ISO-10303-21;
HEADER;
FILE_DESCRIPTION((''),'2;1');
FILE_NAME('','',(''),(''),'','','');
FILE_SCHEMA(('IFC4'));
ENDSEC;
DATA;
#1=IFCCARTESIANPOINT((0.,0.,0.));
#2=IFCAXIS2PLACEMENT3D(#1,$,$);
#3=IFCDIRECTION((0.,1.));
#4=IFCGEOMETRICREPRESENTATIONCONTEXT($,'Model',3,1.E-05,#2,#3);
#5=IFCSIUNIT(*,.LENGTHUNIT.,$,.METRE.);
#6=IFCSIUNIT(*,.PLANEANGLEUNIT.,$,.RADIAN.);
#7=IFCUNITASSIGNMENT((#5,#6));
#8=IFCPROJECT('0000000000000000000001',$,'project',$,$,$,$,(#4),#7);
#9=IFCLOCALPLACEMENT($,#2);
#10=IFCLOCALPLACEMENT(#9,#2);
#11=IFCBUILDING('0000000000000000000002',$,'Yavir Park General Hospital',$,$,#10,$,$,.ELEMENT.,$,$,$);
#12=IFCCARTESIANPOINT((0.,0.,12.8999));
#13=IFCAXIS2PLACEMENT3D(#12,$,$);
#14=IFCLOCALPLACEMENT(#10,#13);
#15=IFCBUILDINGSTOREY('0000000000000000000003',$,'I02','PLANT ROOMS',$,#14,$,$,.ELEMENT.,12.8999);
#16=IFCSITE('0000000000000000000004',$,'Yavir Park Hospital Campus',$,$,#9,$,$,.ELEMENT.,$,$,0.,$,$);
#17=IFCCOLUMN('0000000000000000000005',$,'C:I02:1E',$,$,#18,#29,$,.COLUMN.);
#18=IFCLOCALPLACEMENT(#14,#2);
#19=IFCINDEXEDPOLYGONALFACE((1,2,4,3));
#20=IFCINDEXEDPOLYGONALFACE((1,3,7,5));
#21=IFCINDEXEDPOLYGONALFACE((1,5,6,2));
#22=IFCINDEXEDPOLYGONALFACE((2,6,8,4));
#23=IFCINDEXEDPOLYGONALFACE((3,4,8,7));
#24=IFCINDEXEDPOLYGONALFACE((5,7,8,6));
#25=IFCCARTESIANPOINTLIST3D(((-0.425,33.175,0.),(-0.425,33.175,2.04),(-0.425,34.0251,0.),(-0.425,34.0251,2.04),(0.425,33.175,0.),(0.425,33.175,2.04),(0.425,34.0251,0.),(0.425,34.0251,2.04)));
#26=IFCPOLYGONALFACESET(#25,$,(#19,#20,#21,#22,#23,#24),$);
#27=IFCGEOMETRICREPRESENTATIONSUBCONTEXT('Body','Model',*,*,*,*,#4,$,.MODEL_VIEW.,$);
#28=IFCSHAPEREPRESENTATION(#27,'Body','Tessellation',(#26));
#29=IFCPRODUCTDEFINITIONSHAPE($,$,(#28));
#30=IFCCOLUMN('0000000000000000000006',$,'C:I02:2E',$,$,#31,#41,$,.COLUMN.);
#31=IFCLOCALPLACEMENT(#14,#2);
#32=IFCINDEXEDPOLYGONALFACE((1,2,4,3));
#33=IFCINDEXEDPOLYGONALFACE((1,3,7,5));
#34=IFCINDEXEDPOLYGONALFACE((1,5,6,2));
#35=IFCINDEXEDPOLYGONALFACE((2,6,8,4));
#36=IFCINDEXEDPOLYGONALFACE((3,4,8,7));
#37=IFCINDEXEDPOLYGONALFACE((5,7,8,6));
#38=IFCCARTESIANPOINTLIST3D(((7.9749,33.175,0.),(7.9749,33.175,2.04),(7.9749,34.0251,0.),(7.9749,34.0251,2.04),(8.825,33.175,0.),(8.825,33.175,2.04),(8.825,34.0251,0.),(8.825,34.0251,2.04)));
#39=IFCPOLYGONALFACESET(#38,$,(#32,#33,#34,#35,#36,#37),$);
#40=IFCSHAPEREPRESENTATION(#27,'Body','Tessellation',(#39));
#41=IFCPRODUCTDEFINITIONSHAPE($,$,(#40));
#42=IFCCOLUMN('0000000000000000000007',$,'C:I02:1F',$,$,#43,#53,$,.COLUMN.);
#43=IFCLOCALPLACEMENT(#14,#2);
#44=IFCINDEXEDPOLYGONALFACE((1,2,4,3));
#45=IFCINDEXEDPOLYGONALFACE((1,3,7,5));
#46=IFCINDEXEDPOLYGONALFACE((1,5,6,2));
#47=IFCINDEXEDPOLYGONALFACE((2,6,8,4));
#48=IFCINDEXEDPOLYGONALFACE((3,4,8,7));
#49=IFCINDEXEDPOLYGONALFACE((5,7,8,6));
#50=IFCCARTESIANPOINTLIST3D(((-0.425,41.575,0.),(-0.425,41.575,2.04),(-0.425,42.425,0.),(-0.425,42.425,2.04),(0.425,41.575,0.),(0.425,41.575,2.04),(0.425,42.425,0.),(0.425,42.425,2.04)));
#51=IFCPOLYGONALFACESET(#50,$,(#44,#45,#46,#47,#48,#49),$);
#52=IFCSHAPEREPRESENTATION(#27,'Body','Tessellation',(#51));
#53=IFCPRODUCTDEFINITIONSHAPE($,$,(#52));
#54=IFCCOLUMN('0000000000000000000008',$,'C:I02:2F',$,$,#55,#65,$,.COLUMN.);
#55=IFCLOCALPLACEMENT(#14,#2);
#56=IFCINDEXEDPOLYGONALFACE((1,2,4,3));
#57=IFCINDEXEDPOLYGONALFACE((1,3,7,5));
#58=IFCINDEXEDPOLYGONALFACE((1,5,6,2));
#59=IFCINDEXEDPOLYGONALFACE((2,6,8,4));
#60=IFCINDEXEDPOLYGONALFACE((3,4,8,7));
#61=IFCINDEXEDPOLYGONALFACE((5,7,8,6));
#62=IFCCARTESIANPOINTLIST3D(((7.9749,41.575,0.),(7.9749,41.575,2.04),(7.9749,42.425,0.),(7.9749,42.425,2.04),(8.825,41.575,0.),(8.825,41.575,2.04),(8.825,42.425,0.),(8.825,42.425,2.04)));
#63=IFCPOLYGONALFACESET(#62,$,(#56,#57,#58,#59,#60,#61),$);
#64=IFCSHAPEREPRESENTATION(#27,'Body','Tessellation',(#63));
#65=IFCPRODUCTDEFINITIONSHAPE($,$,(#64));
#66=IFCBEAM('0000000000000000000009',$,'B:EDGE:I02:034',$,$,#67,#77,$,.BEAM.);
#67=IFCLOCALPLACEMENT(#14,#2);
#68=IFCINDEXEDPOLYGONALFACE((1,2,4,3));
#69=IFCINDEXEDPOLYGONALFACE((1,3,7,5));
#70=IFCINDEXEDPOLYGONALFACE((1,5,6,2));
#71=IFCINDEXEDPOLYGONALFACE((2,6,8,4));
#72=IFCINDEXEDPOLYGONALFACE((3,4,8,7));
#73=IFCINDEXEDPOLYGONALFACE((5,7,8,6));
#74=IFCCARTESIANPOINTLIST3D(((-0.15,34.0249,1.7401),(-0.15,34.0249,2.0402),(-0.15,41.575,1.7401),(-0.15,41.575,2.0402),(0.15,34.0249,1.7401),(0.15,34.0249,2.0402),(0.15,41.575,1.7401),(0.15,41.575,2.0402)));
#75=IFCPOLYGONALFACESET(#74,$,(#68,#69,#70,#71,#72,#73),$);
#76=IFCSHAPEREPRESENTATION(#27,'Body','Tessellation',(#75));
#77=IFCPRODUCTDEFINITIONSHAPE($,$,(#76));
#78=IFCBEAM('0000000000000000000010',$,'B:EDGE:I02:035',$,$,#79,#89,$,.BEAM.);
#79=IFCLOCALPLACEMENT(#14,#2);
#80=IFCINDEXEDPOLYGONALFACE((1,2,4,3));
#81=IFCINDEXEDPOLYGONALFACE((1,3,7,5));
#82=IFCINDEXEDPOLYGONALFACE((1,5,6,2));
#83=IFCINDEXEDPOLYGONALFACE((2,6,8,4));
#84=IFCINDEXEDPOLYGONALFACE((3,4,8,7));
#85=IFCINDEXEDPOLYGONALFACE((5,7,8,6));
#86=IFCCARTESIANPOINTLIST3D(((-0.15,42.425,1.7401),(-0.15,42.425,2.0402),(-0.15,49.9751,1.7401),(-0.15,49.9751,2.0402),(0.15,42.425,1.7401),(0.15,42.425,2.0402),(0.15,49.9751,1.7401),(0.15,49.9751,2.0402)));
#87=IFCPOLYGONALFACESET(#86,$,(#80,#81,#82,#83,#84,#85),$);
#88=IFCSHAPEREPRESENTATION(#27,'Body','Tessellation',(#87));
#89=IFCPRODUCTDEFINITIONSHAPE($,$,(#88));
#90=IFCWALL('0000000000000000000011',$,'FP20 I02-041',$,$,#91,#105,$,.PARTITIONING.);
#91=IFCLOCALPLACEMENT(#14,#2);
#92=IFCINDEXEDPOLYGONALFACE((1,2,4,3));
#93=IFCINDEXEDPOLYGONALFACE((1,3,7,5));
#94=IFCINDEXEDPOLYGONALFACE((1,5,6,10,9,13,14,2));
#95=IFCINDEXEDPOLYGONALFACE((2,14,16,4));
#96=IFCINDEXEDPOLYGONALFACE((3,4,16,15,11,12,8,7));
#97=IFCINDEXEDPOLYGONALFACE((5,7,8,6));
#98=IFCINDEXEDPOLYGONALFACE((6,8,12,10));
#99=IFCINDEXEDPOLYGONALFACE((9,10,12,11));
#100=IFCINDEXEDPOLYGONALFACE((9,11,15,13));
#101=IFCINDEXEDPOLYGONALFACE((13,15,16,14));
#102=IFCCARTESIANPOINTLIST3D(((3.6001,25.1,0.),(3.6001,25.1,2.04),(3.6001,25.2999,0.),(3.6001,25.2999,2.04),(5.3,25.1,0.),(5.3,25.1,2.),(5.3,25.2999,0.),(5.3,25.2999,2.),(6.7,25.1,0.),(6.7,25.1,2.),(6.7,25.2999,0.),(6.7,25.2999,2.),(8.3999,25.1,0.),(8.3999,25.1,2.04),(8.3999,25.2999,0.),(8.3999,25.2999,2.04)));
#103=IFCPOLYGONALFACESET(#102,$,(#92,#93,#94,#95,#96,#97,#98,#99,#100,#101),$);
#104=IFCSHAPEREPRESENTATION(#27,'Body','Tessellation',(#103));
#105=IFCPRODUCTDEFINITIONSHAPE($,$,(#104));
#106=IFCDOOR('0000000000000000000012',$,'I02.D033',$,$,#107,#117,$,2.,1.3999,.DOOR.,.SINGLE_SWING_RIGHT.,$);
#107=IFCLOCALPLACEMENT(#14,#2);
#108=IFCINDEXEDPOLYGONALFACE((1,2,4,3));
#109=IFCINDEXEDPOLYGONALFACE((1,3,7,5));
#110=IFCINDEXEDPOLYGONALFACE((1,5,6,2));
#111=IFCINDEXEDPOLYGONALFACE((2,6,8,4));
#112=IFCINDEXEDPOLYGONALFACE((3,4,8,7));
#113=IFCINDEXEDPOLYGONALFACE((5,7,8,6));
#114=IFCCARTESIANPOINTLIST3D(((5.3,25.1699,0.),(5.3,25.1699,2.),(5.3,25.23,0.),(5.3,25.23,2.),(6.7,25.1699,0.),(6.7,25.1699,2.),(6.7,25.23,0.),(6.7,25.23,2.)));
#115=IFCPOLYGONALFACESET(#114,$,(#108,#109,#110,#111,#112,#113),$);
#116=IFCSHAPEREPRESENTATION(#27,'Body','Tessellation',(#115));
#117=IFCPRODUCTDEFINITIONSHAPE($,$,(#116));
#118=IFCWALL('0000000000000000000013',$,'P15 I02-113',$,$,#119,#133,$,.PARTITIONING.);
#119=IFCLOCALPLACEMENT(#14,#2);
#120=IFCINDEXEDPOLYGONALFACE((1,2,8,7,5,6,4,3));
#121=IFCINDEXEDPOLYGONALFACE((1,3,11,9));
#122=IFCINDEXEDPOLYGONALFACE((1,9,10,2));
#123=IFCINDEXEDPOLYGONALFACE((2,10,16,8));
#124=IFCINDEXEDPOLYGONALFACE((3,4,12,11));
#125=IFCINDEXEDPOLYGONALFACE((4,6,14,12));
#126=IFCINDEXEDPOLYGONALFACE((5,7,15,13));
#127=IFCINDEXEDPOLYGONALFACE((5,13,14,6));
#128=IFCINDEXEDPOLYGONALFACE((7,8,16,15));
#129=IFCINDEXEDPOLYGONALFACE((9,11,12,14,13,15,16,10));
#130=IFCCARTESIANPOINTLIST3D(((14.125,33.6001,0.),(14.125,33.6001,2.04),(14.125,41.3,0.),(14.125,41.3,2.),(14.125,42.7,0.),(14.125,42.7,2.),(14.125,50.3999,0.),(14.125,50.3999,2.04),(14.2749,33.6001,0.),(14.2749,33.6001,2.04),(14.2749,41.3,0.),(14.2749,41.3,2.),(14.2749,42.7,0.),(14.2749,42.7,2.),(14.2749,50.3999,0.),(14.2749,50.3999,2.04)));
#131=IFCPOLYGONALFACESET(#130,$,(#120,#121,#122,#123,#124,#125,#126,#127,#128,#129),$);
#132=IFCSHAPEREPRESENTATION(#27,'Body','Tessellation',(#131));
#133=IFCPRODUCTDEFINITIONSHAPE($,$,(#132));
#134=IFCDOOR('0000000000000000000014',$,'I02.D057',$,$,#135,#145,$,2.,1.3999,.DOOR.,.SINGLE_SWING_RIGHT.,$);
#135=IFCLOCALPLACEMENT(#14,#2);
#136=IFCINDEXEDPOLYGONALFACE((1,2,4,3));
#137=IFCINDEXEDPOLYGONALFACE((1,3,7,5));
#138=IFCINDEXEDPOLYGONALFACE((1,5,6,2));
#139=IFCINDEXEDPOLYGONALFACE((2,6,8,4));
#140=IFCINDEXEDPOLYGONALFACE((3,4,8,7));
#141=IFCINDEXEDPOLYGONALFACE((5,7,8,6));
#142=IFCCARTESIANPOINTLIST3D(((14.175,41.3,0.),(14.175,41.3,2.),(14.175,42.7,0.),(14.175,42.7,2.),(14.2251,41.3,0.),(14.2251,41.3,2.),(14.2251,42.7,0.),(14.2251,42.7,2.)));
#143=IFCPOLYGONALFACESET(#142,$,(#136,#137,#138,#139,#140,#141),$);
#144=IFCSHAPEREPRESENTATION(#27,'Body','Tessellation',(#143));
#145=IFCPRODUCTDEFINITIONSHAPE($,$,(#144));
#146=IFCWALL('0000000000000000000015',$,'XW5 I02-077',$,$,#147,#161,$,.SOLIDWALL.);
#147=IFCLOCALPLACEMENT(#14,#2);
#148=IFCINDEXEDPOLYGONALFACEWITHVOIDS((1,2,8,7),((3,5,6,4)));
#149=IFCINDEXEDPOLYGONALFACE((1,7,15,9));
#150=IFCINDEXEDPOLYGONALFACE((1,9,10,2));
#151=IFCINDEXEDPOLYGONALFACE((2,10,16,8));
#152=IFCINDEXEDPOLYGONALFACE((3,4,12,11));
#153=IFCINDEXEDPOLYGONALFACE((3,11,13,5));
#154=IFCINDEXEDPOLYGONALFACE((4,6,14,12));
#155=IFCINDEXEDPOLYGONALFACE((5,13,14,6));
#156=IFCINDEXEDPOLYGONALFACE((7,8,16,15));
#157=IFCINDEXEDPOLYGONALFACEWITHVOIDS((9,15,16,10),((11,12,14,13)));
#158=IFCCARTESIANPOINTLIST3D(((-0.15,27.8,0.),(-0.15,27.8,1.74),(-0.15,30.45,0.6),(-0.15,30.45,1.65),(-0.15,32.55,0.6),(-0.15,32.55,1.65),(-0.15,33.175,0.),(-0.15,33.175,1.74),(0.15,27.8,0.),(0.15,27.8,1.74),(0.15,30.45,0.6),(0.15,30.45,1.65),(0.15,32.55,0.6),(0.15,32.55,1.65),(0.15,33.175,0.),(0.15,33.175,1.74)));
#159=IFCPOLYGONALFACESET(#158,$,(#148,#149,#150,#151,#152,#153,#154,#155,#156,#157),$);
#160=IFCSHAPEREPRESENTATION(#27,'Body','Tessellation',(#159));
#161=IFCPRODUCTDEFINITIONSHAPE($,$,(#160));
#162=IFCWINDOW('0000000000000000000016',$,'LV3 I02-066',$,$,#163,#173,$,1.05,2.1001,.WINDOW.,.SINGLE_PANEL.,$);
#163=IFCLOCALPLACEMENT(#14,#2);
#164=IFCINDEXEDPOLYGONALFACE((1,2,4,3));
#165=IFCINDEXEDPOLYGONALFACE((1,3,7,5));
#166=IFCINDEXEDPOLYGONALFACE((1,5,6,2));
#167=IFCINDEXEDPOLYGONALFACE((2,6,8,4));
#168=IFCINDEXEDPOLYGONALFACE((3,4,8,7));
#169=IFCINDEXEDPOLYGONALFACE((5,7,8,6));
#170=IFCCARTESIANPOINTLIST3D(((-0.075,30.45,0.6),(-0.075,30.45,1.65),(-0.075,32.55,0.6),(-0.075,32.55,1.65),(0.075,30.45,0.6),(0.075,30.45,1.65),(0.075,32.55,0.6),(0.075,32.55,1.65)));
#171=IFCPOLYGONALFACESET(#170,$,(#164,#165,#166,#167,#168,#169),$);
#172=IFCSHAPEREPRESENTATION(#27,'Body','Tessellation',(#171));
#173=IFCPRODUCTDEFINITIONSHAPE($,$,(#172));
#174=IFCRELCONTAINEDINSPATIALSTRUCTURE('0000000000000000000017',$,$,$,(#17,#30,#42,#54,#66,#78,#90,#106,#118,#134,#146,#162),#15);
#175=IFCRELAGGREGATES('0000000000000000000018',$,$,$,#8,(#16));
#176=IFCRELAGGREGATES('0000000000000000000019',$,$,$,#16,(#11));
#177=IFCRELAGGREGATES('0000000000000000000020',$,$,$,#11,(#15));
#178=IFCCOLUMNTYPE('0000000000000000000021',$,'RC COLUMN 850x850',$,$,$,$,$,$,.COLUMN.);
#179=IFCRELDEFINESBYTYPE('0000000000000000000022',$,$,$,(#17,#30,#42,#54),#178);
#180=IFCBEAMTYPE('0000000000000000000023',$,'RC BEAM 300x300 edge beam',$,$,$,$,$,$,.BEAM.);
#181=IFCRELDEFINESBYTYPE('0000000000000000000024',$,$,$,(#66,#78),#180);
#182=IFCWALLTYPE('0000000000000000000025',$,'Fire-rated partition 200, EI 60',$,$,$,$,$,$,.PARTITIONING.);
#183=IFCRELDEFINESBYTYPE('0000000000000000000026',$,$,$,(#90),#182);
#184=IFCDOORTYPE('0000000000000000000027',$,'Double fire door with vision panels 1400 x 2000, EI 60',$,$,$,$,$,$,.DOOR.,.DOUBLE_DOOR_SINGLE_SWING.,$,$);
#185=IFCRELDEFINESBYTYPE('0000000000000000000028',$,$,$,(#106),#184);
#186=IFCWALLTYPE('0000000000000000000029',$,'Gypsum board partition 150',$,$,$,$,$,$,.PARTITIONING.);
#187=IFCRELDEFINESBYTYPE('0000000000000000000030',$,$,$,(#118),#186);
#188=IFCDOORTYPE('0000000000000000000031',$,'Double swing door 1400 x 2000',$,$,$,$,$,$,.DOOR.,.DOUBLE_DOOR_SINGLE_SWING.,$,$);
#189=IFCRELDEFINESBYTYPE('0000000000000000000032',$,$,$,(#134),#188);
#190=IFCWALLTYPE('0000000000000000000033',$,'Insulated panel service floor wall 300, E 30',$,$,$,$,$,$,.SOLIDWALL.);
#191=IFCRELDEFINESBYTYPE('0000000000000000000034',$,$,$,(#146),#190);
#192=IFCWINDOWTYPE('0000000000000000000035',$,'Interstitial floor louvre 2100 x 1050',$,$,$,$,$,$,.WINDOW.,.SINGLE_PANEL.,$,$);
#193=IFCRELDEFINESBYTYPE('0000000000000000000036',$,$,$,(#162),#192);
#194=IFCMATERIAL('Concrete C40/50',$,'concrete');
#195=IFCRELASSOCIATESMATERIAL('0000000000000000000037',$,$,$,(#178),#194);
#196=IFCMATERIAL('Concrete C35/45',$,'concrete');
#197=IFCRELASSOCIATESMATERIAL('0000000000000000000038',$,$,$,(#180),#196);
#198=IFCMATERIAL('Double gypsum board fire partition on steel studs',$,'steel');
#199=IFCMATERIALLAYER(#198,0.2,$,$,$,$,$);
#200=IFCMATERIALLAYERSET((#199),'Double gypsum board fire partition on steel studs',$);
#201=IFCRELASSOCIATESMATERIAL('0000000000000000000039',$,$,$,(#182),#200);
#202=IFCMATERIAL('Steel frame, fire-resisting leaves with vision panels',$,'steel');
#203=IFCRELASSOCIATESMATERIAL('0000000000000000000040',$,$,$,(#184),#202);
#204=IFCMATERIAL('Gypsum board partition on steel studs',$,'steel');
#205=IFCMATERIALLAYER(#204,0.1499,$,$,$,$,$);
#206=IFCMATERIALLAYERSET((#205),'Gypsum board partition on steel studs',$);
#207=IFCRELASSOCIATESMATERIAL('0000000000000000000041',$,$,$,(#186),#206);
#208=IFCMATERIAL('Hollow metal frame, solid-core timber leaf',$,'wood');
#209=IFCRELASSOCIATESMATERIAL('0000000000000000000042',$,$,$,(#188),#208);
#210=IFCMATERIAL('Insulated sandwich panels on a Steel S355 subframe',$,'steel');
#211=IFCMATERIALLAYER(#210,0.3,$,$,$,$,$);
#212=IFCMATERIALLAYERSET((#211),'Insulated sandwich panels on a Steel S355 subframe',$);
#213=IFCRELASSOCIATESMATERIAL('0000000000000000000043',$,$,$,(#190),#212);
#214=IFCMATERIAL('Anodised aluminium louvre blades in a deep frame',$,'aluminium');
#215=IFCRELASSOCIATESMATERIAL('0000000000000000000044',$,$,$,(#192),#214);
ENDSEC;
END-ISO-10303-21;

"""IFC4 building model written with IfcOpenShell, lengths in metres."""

from ifc_helpers import new_model, si_unit, direction, frame, frame_2d, origin, origin_2d, place, context, subcontext, project, spatial, rectangle, extrude, material, layer, layer_set, material_profile, profile_set, type_object, element, fill, save


model = new_model("IFC4")

# Units and contexts
model_context = context("Model", 3, precision=1e-05, world=origin(), true_north=direction((0.0, 1.0)))
body_context = subcontext(model_context, "Body", "Model", "MODEL_VIEW")
ifc_project = project(units=[si_unit("LENGTHUNIT", "METRE"), si_unit("PLANEANGLEUNIT", "RADIAN")], contexts=[model_context])

# Site, building, storey
site_placement = place(None, origin())
site = spatial("IfcSite", under=ifc_project, at=site_placement, Name="Yavir Park Hospital Campus", CompositionType="ELEMENT", RefElevation=0.0)
building_placement = place(site_placement, origin())
building = spatial("IfcBuilding", under=site, at=building_placement, Name="Yavir Park General Hospital", CompositionType="ELEMENT")
storey_placement = place(building_placement, frame((0.0, 0.0, 12.8999)))
storey = spatial("IfcBuildingStorey", under=building, at=storey_placement, Name="I02", Description="PLANT ROOMS", CompositionType="ELEMENT", Elevation=12.8999)

# Columns
ifc_material_1 = material(Name="Concrete C40/50", Category="concrete")
ifc_material_profile_1 = material_profile(ifc_material_1, rectangle(XDim=0.8501, YDim=0.8501, at=origin_2d()), Name="RC850x850")
ifc_profile_set_1 = profile_set([ifc_material_profile_1], Name="Concrete C40/50")
column_type = type_object("IfcColumnType", Name="RC COLUMN 850x850", PredefinedType="COLUMN", material=ifc_profile_set_1)
for number, where, z_axis, x_axis, name in (
    (1, (0.0, 33.6001, 0.0), (0.0, 0.0, 1.0), (1.0, 0.0, 0.0), "C:I02:1E"),
    (2, (8.3999, 33.6001, 0.0), (0.0, 0.0, 1.0), (1.0, 0.0, 0.0), "C:I02:2E"),
    (3, (0.0, 42.0, 0.0), (0.0, 0.0, 1.0), (1.0, 0.0, 0.0), "C:I02:1F"),
    (4, (8.3999, 42.0, 0.0), (0.0, 0.0, 1.0), (1.0, 0.0, 0.0), "C:I02:2F"),
):
    element("IfcColumn", number, at=place(storey_placement, frame(where, z_axis=z_axis, x_axis=x_axis)), inside=storey, type_object=column_type, Name=name, PredefinedType="COLUMN", context=body_context, shape_type="SweptSolid", body=[
        extrude(rectangle(XDim=0.8501, YDim=0.8501, at=origin_2d()), origin(), (0.0, 0.0, 1.0), 2.04),
    ])

# Beams
ifc_material_2 = material(Name="Concrete C35/45", Category="concrete")
ifc_material_profile_2 = material_profile(ifc_material_2, rectangle(XDim=0.3, YDim=0.3, at=origin_2d()), Name="RC300x300")
ifc_profile_set_2 = profile_set([ifc_material_profile_2], Name="Concrete C35/45")
beam_type = type_object("IfcBeamType", Name="RC BEAM 300x300 edge beam", PredefinedType="BEAM", material=ifc_profile_set_2)
for number, where, z_axis, x_axis, name in (
    (5, (0.0, 34.0249, 1.8901), (0.0, 1.0, 0.0), (-1.0, 0.0, 0.0), "B:EDGE:I02:034"),
    (6, (0.0, 42.425, 1.8901), (0.0, 1.0, 0.0), (-1.0, 0.0, 0.0), "B:EDGE:I02:035"),
):
    element("IfcBeam", number, at=place(storey_placement, frame(where, z_axis=z_axis, x_axis=x_axis)), inside=storey, type_object=beam_type, Name=name, PredefinedType="BEAM", context=body_context, shape_type="SweptSolid", body=[
        extrude(rectangle(XDim=0.3, YDim=0.3, at=origin_2d()), origin(), (0.0, 0.0, 1.0), 7.55),
    ])

# Walls, openings, doors
ifc_material_3 = material(Name="Double gypsum board fire partition on steel studs", Category="steel")
ifc_layer_1 = layer(ifc_material_3, 0.2)
ifc_layer_set_1 = layer_set([ifc_layer_1], Name="Double gypsum board fire partition on steel studs")
wall_type_1 = type_object("IfcWallType", Name="Fire-rated partition 200, EI 60", PredefinedType="PARTITIONING", material=ifc_layer_set_1)
wall_1_placement = place(storey_placement, frame((3.6001, 25.2, 0.0), z_axis=(0.0, 0.0, 1.0), x_axis=(1.0, 0.0, 0.0)))
wall_1 = element("IfcWall", 7, at=wall_1_placement, inside=storey, type_object=wall_type_1, Name="FP20 I02-041", PredefinedType="PARTITIONING", context=body_context, shape_type="SweptSolid", body=[
    extrude(rectangle(XDim=4.7998, YDim=0.2, at=frame_2d((2.3999, 0.0))), origin(), (0.0, 0.0, 1.0), 2.04),
])
opening_1_placement = place(wall_1_placement, frame((1.7, 0.0, 0.0)))
opening_1 = element("IfcOpeningElement", 8, at=opening_1_placement, cuts=wall_1, PredefinedType="OPENING", context=body_context, shape_type="SweptSolid", body=[
    extrude(rectangle(XDim=1.3999, YDim=2.0, at=frame_2d((0.7, 1.0))), frame((0.0, 0.1099, 0.0), z_axis=(0.0, -1.0, 0.0), x_axis=(1.0, 0.0, 0.0)), (0.0, 0.0, 1.0), 0.22),
])
ifc_material_4 = material(Name="Steel frame, fire-resisting leaves with vision panels", Category="steel")
door_type_1 = type_object("IfcDoorType", Name="Double fire door with vision panels 1400 x 2000, EI 60", OperationType="DOUBLE_DOOR_SINGLE_SWING", PredefinedType="DOOR", material=ifc_material_4)
door_1_placement = place(opening_1_placement, origin())
door_1 = element("IfcDoor", 9, at=door_1_placement, inside=storey, type_object=door_type_1, Name="I02.D033", OperationType="SINGLE_SWING_RIGHT", OverallHeight=2.0, OverallWidth=1.3999, PredefinedType="DOOR", context=body_context, shape_type="SweptSolid", body=[
    extrude(rectangle(XDim=1.3999, YDim=2.0, at=frame_2d((0.7, 1.0))), frame((0.0, 0.03, 0.0), z_axis=(0.0, -1.0, 0.0), x_axis=(1.0, 0.0, 0.0)), (0.0, 0.0, 1.0), 0.0601),
])
fill(opening_1, door_1)
ifc_material_5 = material(Name="Gypsum board partition on steel studs", Category="steel")
ifc_layer_2 = layer(ifc_material_5, 0.1499)
ifc_layer_set_2 = layer_set([ifc_layer_2], Name="Gypsum board partition on steel studs")
wall_type_2 = type_object("IfcWallType", Name="Gypsum board partition 150", PredefinedType="PARTITIONING", material=ifc_layer_set_2)
wall_2_placement = place(storey_placement, frame((14.2, 33.6001, 0.0), z_axis=(0.0, 0.0, 1.0), x_axis=(0.0, 1.0, 0.0)))
wall_2 = element("IfcWall", 10, at=wall_2_placement, inside=storey, type_object=wall_type_2, Name="P15 I02-113", PredefinedType="PARTITIONING", context=body_context, shape_type="SweptSolid", body=[
    extrude(rectangle(XDim=16.7998, YDim=0.1499, at=frame_2d((8.3999, 0.0))), origin(), (0.0, 0.0, 1.0), 2.04),
])
opening_2_placement = place(wall_2_placement, frame((7.7, 0.0, 0.0)))
opening_2 = element("IfcOpeningElement", 11, at=opening_2_placement, cuts=wall_2, PredefinedType="OPENING", context=body_context, shape_type="SweptSolid", body=[
    extrude(rectangle(XDim=1.3999, YDim=2.0, at=frame_2d((0.7, 1.0))), frame((0.0, 0.085, 0.0), z_axis=(0.0, -1.0, 0.0), x_axis=(1.0, 0.0, 0.0)), (0.0, 0.0, 1.0), 0.1699),
])
ifc_material_6 = material(Name="Hollow metal frame, solid-core timber leaf", Category="wood")
door_type_2 = type_object("IfcDoorType", Name="Double swing door 1400 x 2000", OperationType="DOUBLE_DOOR_SINGLE_SWING", PredefinedType="DOOR", material=ifc_material_6)
door_2_placement = place(opening_2_placement, origin())
door_2 = element("IfcDoor", 12, at=door_2_placement, inside=storey, type_object=door_type_2, Name="I02.D057", OperationType="SINGLE_SWING_RIGHT", OverallHeight=2.0, OverallWidth=1.3999, PredefinedType="DOOR", context=body_context, shape_type="SweptSolid", body=[
    extrude(rectangle(XDim=1.3999, YDim=2.0, at=frame_2d((0.7, 1.0))), frame((0.0, 0.0249, 0.0), z_axis=(0.0, -1.0, 0.0), x_axis=(1.0, 0.0, 0.0)), (0.0, 0.0, 1.0), 0.05),
])
fill(opening_2, door_2)

# Wall, opening, window
ifc_material_7 = material(Name="Insulated sandwich panels on a Steel S355 subframe", Category="steel")
ifc_layer_3 = layer(ifc_material_7, 0.3)
ifc_layer_set_3 = layer_set([ifc_layer_3], Name="Insulated sandwich panels on a Steel S355 subframe")
wall_type_3 = type_object("IfcWallType", Name="Insulated panel service floor wall 300, E 30", PredefinedType="SOLIDWALL", material=ifc_layer_set_3)
wall_3_placement = place(storey_placement, frame((0.0, 27.8, 0.0), z_axis=(0.0, 0.0, 1.0), x_axis=(0.0, 1.0, 0.0)))
wall_3 = element("IfcWall", 13, at=wall_3_placement, inside=storey, type_object=wall_type_3, Name="XW5 I02-077", PredefinedType="SOLIDWALL", context=body_context, shape_type="SweptSolid", body=[
    extrude(rectangle(XDim=5.375, YDim=0.3, at=frame_2d((2.6875, 0.0))), origin(), (0.0, 0.0, 1.0), 1.74),
])
opening_3_placement = place(wall_3_placement, frame((2.6499, 0.0, 0.6001)))
opening_3 = element("IfcOpeningElement", 14, at=opening_3_placement, cuts=wall_3, PredefinedType="OPENING", context=body_context, shape_type="SweptSolid", body=[
    extrude(rectangle(XDim=2.1001, YDim=1.05, at=frame_2d((1.05, 0.5249))), frame((0.0, 0.1599, 0.0), z_axis=(0.0, -1.0, 0.0), x_axis=(1.0, 0.0, 0.0)), (0.0, 0.0, 1.0), 0.3201),
])
ifc_material_8 = material(Name="Anodised aluminium louvre blades in a deep frame", Category="aluminium")
window_type = type_object("IfcWindowType", Name="Interstitial floor louvre 2100 x 1050", PartitioningType="SINGLE_PANEL", PredefinedType="WINDOW", material=ifc_material_8)
window_1_placement = place(opening_3_placement, origin())
window_1 = element("IfcWindow", 15, at=window_1_placement, inside=storey, type_object=window_type, Name="LV3 I02-066", OverallHeight=1.05, OverallWidth=2.1001, PartitioningType="SINGLE_PANEL", PredefinedType="WINDOW", context=body_context, shape_type="SweptSolid", body=[
    extrude(rectangle(XDim=2.1001, YDim=1.05, at=frame_2d((1.05, 0.5249))), frame((0.0, 0.075, 0.0), z_axis=(0.0, -1.0, 0.0), x_axis=(1.0, 0.0, 0.0)), (0.0, 0.0, 1.0), 0.1499),
])
fill(opening_3, window_1)

save(model, "model.ifc")
